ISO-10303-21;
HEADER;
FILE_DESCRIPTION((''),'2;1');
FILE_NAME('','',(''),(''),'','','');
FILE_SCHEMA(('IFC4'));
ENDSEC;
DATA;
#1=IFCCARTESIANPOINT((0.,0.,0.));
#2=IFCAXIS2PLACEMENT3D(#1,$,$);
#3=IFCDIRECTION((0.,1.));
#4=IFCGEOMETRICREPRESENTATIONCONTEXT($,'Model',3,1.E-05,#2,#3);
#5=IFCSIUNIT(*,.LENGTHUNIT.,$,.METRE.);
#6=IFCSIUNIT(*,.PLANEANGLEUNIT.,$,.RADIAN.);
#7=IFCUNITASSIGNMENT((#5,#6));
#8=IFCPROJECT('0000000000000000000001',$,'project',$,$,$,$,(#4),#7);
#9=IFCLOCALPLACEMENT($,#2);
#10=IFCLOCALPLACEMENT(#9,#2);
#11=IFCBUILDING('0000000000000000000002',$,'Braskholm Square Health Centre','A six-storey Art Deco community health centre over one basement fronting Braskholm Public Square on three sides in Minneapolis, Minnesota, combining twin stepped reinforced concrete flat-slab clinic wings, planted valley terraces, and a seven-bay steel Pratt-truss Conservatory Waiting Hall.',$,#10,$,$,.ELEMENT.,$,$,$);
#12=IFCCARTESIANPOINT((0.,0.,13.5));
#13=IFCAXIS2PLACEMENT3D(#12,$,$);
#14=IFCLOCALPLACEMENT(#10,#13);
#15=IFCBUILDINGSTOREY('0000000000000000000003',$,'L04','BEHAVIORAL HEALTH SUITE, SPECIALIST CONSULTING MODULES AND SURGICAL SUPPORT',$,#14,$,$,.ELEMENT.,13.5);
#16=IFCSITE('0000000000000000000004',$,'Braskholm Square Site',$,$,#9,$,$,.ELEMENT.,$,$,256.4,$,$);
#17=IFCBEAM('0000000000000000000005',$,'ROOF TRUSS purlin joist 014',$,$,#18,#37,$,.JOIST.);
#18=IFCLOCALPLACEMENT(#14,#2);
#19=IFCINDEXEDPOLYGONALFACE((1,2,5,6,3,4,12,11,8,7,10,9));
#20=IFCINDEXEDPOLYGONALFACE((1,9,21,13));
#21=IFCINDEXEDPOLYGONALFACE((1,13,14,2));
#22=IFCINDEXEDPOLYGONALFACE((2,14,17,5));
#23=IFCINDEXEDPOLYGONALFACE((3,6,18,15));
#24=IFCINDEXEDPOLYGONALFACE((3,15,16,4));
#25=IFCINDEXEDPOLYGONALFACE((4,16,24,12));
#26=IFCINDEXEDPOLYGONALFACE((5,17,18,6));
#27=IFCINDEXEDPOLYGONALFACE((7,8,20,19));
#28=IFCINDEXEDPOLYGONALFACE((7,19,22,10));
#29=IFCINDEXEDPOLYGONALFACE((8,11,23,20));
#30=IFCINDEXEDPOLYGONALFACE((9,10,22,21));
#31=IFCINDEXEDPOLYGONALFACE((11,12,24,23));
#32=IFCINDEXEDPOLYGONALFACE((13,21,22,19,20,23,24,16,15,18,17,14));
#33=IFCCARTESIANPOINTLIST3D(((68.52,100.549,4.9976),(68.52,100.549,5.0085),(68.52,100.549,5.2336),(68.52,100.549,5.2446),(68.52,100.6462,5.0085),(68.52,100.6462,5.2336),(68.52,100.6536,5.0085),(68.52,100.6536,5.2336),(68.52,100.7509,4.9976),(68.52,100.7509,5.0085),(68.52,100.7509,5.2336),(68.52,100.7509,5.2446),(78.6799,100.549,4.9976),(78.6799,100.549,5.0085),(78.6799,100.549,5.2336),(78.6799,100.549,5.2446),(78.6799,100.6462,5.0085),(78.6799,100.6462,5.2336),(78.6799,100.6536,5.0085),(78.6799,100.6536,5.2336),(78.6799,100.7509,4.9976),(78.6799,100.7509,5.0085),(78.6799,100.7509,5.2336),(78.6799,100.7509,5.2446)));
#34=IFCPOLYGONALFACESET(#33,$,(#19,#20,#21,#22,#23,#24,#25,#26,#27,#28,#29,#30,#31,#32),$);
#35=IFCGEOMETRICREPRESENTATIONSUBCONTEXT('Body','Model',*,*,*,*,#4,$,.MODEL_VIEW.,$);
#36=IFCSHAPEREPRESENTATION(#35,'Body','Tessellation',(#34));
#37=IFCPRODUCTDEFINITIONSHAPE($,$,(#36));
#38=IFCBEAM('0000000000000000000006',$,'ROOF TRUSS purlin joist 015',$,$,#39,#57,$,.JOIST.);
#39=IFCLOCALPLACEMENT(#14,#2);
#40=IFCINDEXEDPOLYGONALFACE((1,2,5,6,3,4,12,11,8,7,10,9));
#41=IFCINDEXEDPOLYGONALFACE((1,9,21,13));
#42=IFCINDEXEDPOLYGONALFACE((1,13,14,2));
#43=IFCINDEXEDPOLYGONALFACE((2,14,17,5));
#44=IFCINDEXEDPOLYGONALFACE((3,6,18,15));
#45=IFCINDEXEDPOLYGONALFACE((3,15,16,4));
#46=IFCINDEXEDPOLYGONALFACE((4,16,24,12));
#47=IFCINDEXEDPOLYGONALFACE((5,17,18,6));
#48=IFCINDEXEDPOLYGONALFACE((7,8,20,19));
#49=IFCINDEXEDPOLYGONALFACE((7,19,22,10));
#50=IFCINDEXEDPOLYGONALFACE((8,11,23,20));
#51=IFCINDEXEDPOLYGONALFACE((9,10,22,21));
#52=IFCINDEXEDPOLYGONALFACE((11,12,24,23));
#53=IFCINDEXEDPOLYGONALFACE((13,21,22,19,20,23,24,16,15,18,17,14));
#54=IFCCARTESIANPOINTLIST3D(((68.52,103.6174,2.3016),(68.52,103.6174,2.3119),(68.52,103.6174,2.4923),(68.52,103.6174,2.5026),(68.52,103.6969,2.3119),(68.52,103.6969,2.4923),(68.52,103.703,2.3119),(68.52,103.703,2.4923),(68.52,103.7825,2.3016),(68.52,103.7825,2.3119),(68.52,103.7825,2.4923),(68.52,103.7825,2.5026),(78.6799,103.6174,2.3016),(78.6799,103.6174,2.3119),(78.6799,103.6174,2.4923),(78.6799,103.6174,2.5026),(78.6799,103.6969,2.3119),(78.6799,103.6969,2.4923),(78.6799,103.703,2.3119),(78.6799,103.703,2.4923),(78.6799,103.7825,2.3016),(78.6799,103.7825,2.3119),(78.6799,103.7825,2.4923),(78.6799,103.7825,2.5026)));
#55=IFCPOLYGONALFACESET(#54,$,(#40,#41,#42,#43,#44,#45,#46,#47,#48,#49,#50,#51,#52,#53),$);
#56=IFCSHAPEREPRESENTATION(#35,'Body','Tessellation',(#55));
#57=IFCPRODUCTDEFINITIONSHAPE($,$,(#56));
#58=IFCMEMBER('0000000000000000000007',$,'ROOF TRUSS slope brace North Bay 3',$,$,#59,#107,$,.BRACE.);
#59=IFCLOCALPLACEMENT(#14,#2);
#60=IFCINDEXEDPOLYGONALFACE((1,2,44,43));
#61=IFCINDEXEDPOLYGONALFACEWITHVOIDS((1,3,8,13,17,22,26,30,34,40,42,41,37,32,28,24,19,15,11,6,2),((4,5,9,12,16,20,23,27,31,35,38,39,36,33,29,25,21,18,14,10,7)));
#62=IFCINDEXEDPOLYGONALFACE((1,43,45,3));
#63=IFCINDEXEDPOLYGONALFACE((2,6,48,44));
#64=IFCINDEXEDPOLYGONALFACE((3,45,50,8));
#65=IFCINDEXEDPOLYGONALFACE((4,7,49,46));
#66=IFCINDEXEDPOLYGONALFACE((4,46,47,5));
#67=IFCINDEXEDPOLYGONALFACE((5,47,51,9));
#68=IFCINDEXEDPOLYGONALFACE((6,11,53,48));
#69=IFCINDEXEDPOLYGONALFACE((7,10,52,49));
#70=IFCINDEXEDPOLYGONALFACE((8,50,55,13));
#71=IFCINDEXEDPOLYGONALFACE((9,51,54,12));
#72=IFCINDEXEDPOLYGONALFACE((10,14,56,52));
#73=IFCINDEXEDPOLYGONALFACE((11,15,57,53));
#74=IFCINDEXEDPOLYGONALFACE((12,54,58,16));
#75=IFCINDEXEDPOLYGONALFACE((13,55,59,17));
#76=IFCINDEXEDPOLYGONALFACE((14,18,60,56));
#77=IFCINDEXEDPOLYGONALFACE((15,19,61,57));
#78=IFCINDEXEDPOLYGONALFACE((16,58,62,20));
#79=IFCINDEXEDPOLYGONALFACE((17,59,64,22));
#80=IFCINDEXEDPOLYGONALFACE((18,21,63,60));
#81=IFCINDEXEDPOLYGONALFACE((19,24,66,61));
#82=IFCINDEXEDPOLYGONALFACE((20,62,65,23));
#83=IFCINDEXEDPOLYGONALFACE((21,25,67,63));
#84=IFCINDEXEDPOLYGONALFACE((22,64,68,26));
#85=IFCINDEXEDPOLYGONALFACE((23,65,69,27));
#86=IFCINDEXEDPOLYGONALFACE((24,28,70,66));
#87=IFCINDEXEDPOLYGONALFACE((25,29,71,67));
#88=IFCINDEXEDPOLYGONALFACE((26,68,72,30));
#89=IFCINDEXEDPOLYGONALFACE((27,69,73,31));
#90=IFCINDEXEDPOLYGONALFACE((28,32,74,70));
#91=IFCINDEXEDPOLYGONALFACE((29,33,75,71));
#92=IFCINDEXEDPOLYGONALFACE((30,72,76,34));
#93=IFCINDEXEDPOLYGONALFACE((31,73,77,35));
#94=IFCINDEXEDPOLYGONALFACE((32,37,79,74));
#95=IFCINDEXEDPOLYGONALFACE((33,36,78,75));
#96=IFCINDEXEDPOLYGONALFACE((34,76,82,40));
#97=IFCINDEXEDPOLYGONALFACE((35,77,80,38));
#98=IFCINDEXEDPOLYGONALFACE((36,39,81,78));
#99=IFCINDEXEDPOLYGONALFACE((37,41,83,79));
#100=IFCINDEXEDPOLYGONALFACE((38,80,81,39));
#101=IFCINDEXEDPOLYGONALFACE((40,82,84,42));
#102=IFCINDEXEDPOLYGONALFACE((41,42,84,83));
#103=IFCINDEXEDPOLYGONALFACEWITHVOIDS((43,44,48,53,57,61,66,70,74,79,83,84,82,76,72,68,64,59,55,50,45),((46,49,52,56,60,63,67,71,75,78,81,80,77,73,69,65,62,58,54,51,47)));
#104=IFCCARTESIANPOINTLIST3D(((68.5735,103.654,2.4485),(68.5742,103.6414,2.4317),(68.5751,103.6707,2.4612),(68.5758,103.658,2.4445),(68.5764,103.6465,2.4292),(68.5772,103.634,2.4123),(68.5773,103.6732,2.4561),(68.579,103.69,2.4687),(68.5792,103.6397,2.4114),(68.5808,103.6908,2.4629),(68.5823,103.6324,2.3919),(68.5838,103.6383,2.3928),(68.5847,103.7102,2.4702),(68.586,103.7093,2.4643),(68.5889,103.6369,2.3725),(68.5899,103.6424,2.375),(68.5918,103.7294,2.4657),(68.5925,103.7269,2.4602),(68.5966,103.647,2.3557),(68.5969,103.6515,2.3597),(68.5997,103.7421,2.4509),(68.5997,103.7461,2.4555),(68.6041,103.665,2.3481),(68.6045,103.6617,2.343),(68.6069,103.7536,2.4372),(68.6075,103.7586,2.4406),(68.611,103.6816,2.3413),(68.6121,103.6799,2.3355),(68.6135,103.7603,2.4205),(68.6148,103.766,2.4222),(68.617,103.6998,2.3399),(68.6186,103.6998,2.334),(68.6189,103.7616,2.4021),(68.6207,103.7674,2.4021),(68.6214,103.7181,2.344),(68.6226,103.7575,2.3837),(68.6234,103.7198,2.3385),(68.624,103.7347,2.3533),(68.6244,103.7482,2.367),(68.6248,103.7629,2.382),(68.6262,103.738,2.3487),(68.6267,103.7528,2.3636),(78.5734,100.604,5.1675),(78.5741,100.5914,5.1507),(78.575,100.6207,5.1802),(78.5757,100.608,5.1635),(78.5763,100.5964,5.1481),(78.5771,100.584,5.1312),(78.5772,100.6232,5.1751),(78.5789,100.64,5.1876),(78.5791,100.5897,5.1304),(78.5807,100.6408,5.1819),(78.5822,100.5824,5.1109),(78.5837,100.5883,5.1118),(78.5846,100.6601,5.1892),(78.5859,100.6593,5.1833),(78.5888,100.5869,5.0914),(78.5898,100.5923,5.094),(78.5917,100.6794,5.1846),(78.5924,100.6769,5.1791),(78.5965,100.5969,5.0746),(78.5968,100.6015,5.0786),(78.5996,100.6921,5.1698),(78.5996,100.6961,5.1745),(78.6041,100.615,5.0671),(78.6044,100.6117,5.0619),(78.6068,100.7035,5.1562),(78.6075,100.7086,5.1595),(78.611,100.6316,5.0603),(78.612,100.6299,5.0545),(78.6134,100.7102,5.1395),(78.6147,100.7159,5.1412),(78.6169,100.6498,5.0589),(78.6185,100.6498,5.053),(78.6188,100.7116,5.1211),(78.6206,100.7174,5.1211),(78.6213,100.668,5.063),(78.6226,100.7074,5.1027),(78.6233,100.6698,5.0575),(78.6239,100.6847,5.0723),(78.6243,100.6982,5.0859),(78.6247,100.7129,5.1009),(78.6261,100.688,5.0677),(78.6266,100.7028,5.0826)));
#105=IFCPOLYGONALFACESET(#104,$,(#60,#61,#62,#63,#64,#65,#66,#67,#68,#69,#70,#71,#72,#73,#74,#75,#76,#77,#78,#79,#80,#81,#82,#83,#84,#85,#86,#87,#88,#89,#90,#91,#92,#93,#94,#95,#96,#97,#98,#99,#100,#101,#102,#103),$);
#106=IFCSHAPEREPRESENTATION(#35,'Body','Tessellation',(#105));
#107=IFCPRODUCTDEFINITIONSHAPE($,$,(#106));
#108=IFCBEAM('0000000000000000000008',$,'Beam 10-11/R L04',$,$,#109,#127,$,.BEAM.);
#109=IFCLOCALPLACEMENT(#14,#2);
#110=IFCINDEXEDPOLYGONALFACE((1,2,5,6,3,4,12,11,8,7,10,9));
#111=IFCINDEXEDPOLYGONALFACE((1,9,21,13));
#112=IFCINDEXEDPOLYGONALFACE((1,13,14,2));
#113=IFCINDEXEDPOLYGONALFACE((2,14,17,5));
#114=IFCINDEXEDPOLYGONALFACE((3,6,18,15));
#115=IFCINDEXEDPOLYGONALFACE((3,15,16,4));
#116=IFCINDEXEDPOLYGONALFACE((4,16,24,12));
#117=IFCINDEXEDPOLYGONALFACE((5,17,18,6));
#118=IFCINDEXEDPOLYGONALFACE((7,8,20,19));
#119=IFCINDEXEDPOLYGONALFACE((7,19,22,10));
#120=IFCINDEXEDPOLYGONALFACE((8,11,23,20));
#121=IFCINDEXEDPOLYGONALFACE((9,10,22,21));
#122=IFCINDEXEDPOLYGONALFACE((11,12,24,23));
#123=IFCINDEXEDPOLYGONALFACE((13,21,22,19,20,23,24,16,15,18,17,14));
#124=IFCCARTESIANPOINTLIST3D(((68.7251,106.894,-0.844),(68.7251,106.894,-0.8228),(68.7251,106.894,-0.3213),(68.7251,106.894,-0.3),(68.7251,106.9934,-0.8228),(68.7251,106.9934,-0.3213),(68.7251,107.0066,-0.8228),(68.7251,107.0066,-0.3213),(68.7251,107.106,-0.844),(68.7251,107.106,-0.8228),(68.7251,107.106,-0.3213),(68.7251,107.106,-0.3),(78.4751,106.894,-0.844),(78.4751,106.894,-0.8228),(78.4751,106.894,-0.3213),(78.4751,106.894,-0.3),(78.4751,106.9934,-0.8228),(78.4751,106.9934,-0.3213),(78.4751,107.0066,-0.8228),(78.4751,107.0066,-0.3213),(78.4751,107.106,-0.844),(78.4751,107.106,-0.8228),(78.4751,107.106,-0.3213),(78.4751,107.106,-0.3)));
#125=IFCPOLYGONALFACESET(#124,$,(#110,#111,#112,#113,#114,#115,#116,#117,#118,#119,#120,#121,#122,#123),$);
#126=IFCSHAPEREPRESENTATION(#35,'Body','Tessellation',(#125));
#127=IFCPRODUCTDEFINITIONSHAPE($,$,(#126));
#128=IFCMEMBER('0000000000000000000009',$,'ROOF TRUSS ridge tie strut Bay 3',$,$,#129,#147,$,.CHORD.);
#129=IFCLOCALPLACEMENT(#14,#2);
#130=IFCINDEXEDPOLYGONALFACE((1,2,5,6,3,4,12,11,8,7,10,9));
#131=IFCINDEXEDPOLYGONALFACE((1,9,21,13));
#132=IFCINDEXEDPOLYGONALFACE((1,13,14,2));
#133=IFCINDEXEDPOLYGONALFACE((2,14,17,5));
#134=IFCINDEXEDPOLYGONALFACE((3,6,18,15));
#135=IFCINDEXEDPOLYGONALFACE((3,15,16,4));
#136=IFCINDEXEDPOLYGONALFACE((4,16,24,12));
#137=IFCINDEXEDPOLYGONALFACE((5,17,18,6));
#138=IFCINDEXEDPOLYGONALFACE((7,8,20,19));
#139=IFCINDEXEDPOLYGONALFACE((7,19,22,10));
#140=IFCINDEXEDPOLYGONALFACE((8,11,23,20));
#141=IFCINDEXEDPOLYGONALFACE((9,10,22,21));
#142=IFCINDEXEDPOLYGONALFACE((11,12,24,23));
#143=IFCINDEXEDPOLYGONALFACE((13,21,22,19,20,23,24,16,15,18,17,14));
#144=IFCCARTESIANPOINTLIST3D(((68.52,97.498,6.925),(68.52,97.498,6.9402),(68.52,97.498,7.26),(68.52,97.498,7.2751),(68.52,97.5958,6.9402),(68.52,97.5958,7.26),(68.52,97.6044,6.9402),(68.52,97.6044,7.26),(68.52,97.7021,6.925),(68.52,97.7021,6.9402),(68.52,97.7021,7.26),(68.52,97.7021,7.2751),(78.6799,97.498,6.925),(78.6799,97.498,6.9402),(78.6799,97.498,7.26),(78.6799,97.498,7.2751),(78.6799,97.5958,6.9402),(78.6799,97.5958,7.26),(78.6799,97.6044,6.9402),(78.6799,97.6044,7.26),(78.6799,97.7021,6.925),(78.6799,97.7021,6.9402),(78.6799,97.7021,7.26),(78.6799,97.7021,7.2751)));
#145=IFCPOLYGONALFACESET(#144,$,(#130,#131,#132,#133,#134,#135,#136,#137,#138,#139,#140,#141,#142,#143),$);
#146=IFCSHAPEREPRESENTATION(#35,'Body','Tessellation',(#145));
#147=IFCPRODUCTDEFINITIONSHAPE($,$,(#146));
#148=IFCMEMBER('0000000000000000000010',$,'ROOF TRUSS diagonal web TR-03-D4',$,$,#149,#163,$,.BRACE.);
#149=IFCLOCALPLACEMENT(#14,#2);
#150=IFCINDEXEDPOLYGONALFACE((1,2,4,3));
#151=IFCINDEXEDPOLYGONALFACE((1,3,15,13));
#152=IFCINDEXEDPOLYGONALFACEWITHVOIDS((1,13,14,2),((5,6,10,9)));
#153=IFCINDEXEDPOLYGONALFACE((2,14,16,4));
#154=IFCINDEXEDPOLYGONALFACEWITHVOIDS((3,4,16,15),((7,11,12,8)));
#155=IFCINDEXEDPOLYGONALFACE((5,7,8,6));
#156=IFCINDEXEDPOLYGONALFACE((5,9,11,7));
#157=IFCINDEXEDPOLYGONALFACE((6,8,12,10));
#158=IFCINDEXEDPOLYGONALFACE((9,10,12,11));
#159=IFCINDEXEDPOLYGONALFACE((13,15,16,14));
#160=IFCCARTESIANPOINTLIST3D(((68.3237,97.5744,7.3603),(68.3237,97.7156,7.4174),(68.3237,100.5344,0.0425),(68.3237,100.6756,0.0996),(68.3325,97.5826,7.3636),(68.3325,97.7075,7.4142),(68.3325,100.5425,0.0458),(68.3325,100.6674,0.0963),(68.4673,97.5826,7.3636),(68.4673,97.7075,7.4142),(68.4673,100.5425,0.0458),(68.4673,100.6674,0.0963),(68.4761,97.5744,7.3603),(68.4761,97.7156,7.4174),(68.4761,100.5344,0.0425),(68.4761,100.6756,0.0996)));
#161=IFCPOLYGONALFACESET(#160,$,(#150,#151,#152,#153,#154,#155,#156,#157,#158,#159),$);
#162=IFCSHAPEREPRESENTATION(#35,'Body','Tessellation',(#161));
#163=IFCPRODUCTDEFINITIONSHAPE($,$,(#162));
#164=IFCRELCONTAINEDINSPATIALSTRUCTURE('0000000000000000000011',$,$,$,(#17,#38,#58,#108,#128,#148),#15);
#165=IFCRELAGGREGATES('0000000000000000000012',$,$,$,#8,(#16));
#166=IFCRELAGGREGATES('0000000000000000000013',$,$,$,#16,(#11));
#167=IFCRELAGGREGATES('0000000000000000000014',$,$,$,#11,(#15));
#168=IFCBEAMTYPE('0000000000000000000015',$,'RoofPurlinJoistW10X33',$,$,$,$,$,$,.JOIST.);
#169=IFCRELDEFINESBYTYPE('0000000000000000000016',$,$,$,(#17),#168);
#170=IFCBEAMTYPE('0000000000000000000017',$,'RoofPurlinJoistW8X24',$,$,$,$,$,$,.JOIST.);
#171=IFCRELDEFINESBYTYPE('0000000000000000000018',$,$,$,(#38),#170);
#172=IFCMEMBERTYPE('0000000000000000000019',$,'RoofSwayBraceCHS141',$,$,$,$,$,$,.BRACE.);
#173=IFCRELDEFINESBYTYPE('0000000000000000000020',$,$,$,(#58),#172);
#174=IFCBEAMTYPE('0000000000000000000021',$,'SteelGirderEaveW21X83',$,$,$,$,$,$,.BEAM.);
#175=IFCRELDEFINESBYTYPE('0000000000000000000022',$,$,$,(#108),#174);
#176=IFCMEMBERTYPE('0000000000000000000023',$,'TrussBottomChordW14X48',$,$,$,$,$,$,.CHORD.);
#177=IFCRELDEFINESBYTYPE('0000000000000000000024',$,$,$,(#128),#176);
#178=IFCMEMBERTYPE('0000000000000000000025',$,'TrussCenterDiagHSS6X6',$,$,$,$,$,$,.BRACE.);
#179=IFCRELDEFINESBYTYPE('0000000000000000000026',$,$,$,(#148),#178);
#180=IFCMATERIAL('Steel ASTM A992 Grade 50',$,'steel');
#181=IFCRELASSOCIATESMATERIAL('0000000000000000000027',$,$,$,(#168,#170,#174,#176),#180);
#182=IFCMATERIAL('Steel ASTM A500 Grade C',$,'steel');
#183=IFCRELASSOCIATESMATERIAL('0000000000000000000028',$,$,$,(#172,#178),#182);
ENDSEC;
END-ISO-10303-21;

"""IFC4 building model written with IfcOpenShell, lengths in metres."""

from ifc_helpers import new_model, si_unit, direction, frame, origin, origin_2d, place, context, subcontext, project, spatial, hollow_rectangle, hollow_circle, i_section, extrude, material, material_profile, profile_set, type_object, element, save


model = new_model("IFC4")

# Units and contexts
model_context = context("Model", 3, precision=1e-05, world=origin(), true_north=direction((0.0, 1.0)))
body_context = subcontext(model_context, "Body", "Model", "MODEL_VIEW")
ifc_project = project(units=[si_unit("LENGTHUNIT", "METRE"), si_unit("PLANEANGLEUNIT", "RADIAN")], contexts=[model_context])

# Site, building, storey
site_placement = place(None, origin())
site = spatial("IfcSite", under=ifc_project, at=site_placement, Name="Braskholm Square Site", CompositionType="ELEMENT", RefElevation=256.4)
building_placement = place(site_placement, origin())
building = spatial("IfcBuilding", under=site, at=building_placement, Name="Braskholm Square Health Centre", Description="A six-storey Art Deco community health centre over one basement fronting Braskholm Public Square on three sides in Minneapolis, Minnesota, combining twin stepped reinforced concrete flat-slab clinic wings, planted valley terraces, and a seven-bay steel Pratt-truss Conservatory Waiting Hall.", CompositionType="ELEMENT")
storey_placement = place(building_placement, frame((0.0, 0.0, 13.5)))
storey = spatial("IfcBuildingStorey", under=building, at=storey_placement, Name="L04", Description="BEHAVIORAL HEALTH SUITE, SPECIALIST CONSULTING MODULES AND SURGICAL SUPPORT", CompositionType="ELEMENT", Elevation=13.5)

# Beams
ifc_material_1 = material(Name="Steel ASTM A992 Grade 50", Category="steel")
ifc_material_profile_1 = material_profile(ifc_material_1, i_section(OverallWidth=0.2019, OverallDepth=0.2471, WebThickness=0.0073, FlangeThickness=0.011, at=origin_2d()), Name="W10X33")
ifc_profile_set_1 = profile_set([ifc_material_profile_1], Name="Steel ASTM A992 Grade 50")
beam_type_1 = type_object("IfcBeamType", Name="RoofPurlinJoistW10X33", PredefinedType="JOIST", material=ifc_profile_set_1)
beam_1_placement = place(storey_placement, frame((68.52, 100.6499, 5.1211), z_axis=(1.0, 0.0, 0.0), x_axis=(0.0, 1.0, 0.0)))
element("IfcBeam", 1, at=beam_1_placement, inside=storey, type_object=beam_type_1, Name="ROOF TRUSS purlin joist 014", PredefinedType="JOIST", context=body_context, shape_type="SweptSolid", body=[
    extrude(i_section(OverallWidth=0.2019, OverallDepth=0.2471, WebThickness=0.0073, FlangeThickness=0.011, at=origin_2d()), origin(), (0.0, 0.0, 1.0), 10.1599),
])
ifc_material_profile_2 = material_profile(ifc_material_1, i_section(OverallWidth=0.165, OverallDepth=0.2009, WebThickness=0.0061, FlangeThickness=0.0103, at=origin_2d()), Name="W8X24")
ifc_profile_set_2 = profile_set([ifc_material_profile_2], Name="Steel ASTM A992 Grade 50")
beam_type_2 = type_object("IfcBeamType", Name="RoofPurlinJoistW8X24", PredefinedType="JOIST", material=ifc_profile_set_2)
beam_2_placement = place(storey_placement, frame((68.52, 103.7, 2.4021), z_axis=(1.0, 0.0, 0.0), x_axis=(0.0, 1.0, 0.0)))
element("IfcBeam", 2, at=beam_2_placement, inside=storey, type_object=beam_type_2, Name="ROOF TRUSS purlin joist 015", PredefinedType="JOIST", context=body_context, shape_type="SweptSolid", body=[
    extrude(i_section(OverallWidth=0.165, OverallDepth=0.2009, WebThickness=0.0061, FlangeThickness=0.0103, at=origin_2d()), origin(), (0.0, 0.0, 1.0), 10.1599),
])

# Member
ifc_material_2 = material(Name="Steel ASTM A500 Grade C", Category="steel")
ifc_material_profile_3 = material_profile(ifc_material_2, hollow_circle(Radius=0.0706, WallThickness=0.0061, at=origin_2d()), Name="HSS5.563X0.258")
ifc_profile_set_3 = profile_set([ifc_material_profile_3], Name="Steel ASTM A500 Grade C")
member_type_1 = type_object("IfcMemberType", Name="RoofSwayBraceCHS141", PredefinedType="BRACE", material=ifc_profile_set_3)
member_1_placement = place(storey_placement, frame((68.6001, 103.7, 2.4021), z_axis=(0.925705, -0.282344, 0.251699), x_axis=(0.291737, 0.956499, 0.0)))
element("IfcMember", 3, at=member_1_placement, inside=storey, type_object=member_type_1, Name="ROOF TRUSS slope brace North Bay 3", PredefinedType="BRACE", context=body_context, shape_type="SweptSolid", body=[
    extrude(hollow_circle(Radius=0.0706, WallThickness=0.0061, at=origin_2d()), origin(), (0.0, 0.0, 1.0), 10.8025),
])

# Beam
ifc_material_profile_4 = material_profile(ifc_material_1, i_section(OverallWidth=0.2119, OverallDepth=0.5439, WebThickness=0.0132, FlangeThickness=0.0212, at=origin_2d()), Name="W21X83")
ifc_profile_set_4 = profile_set([ifc_material_profile_4], Name="Steel ASTM A992 Grade 50")
beam_type_3 = type_object("IfcBeamType", Name="SteelGirderEaveW21X83", PredefinedType="BEAM", material=ifc_profile_set_4)
beam_3_placement = place(storey_placement, frame((68.7251, 107.0, -0.572), z_axis=(1.0, 0.0, 0.0), x_axis=(0.0, 1.0, 0.0)))
element("IfcBeam", 4, at=beam_3_placement, inside=storey, type_object=beam_type_3, Name="Beam 10-11/R L04", PredefinedType="BEAM", context=body_context, shape_type="SweptSolid", body=[
    extrude(i_section(OverallWidth=0.2119, OverallDepth=0.5439, WebThickness=0.0132, FlangeThickness=0.0212, at=origin_2d()), origin(), (0.0, 0.0, 1.0), 9.75),
])

# Members
ifc_material_profile_5 = material_profile(ifc_material_1, i_section(OverallWidth=0.2041, OverallDepth=0.3501, WebThickness=0.0085, FlangeThickness=0.0151, at=origin_2d()), Name="W14X48")
ifc_profile_set_5 = profile_set([ifc_material_profile_5], Name="Steel ASTM A992 Grade 50")
member_type_2 = type_object("IfcMemberType", Name="TrussBottomChordW14X48", PredefinedType="CHORD", material=ifc_profile_set_5)
member_2_placement = place(storey_placement, frame((68.52, 97.6001, 7.1001), z_axis=(1.0, 0.0, 0.0), x_axis=(0.0, 1.0, 0.0)))
element("IfcMember", 5, at=member_2_placement, inside=storey, type_object=member_type_2, Name="ROOF TRUSS ridge tie strut Bay 3", PredefinedType="CHORD", context=body_context, shape_type="SweptSolid", body=[
    extrude(i_section(OverallWidth=0.2041, OverallDepth=0.3501, WebThickness=0.0085, FlangeThickness=0.0151, at=origin_2d()), origin(), (0.0, 0.0, 1.0), 10.1599),
])
ifc_material_profile_6 = material_profile(ifc_material_2, hollow_rectangle(XDim=0.1523, YDim=0.1523, WallThickness=0.0088, at=origin_2d()), Name="HSS6X6X3/8")
ifc_profile_set_6 = profile_set([ifc_material_profile_6], Name="Steel ASTM A500 Grade C")
member_type_3 = type_object("IfcMemberType", Name="TrussCenterDiagHSS6X6", PredefinedType="BRACE", material=ifc_profile_set_6)
member_3_placement = place(storey_placement, frame((68.3999, 100.605, 0.071), z_axis=(0.0, -0.374971, 0.927036), x_axis=(1.0, 0.0, 0.0)))
element("IfcMember", 6, at=member_3_placement, inside=storey, type_object=member_type_3, Name="ROOF TRUSS diagonal web TR-03-D4", PredefinedType="BRACE", context=body_context, shape_type="SweptSolid", body=[
    extrude(hollow_rectangle(XDim=0.1523, YDim=0.1523, WallThickness=0.0088, at=origin_2d()), origin(), (0.0, 0.0, 1.0), 7.8938),
])

save(model, "model.ifc")
